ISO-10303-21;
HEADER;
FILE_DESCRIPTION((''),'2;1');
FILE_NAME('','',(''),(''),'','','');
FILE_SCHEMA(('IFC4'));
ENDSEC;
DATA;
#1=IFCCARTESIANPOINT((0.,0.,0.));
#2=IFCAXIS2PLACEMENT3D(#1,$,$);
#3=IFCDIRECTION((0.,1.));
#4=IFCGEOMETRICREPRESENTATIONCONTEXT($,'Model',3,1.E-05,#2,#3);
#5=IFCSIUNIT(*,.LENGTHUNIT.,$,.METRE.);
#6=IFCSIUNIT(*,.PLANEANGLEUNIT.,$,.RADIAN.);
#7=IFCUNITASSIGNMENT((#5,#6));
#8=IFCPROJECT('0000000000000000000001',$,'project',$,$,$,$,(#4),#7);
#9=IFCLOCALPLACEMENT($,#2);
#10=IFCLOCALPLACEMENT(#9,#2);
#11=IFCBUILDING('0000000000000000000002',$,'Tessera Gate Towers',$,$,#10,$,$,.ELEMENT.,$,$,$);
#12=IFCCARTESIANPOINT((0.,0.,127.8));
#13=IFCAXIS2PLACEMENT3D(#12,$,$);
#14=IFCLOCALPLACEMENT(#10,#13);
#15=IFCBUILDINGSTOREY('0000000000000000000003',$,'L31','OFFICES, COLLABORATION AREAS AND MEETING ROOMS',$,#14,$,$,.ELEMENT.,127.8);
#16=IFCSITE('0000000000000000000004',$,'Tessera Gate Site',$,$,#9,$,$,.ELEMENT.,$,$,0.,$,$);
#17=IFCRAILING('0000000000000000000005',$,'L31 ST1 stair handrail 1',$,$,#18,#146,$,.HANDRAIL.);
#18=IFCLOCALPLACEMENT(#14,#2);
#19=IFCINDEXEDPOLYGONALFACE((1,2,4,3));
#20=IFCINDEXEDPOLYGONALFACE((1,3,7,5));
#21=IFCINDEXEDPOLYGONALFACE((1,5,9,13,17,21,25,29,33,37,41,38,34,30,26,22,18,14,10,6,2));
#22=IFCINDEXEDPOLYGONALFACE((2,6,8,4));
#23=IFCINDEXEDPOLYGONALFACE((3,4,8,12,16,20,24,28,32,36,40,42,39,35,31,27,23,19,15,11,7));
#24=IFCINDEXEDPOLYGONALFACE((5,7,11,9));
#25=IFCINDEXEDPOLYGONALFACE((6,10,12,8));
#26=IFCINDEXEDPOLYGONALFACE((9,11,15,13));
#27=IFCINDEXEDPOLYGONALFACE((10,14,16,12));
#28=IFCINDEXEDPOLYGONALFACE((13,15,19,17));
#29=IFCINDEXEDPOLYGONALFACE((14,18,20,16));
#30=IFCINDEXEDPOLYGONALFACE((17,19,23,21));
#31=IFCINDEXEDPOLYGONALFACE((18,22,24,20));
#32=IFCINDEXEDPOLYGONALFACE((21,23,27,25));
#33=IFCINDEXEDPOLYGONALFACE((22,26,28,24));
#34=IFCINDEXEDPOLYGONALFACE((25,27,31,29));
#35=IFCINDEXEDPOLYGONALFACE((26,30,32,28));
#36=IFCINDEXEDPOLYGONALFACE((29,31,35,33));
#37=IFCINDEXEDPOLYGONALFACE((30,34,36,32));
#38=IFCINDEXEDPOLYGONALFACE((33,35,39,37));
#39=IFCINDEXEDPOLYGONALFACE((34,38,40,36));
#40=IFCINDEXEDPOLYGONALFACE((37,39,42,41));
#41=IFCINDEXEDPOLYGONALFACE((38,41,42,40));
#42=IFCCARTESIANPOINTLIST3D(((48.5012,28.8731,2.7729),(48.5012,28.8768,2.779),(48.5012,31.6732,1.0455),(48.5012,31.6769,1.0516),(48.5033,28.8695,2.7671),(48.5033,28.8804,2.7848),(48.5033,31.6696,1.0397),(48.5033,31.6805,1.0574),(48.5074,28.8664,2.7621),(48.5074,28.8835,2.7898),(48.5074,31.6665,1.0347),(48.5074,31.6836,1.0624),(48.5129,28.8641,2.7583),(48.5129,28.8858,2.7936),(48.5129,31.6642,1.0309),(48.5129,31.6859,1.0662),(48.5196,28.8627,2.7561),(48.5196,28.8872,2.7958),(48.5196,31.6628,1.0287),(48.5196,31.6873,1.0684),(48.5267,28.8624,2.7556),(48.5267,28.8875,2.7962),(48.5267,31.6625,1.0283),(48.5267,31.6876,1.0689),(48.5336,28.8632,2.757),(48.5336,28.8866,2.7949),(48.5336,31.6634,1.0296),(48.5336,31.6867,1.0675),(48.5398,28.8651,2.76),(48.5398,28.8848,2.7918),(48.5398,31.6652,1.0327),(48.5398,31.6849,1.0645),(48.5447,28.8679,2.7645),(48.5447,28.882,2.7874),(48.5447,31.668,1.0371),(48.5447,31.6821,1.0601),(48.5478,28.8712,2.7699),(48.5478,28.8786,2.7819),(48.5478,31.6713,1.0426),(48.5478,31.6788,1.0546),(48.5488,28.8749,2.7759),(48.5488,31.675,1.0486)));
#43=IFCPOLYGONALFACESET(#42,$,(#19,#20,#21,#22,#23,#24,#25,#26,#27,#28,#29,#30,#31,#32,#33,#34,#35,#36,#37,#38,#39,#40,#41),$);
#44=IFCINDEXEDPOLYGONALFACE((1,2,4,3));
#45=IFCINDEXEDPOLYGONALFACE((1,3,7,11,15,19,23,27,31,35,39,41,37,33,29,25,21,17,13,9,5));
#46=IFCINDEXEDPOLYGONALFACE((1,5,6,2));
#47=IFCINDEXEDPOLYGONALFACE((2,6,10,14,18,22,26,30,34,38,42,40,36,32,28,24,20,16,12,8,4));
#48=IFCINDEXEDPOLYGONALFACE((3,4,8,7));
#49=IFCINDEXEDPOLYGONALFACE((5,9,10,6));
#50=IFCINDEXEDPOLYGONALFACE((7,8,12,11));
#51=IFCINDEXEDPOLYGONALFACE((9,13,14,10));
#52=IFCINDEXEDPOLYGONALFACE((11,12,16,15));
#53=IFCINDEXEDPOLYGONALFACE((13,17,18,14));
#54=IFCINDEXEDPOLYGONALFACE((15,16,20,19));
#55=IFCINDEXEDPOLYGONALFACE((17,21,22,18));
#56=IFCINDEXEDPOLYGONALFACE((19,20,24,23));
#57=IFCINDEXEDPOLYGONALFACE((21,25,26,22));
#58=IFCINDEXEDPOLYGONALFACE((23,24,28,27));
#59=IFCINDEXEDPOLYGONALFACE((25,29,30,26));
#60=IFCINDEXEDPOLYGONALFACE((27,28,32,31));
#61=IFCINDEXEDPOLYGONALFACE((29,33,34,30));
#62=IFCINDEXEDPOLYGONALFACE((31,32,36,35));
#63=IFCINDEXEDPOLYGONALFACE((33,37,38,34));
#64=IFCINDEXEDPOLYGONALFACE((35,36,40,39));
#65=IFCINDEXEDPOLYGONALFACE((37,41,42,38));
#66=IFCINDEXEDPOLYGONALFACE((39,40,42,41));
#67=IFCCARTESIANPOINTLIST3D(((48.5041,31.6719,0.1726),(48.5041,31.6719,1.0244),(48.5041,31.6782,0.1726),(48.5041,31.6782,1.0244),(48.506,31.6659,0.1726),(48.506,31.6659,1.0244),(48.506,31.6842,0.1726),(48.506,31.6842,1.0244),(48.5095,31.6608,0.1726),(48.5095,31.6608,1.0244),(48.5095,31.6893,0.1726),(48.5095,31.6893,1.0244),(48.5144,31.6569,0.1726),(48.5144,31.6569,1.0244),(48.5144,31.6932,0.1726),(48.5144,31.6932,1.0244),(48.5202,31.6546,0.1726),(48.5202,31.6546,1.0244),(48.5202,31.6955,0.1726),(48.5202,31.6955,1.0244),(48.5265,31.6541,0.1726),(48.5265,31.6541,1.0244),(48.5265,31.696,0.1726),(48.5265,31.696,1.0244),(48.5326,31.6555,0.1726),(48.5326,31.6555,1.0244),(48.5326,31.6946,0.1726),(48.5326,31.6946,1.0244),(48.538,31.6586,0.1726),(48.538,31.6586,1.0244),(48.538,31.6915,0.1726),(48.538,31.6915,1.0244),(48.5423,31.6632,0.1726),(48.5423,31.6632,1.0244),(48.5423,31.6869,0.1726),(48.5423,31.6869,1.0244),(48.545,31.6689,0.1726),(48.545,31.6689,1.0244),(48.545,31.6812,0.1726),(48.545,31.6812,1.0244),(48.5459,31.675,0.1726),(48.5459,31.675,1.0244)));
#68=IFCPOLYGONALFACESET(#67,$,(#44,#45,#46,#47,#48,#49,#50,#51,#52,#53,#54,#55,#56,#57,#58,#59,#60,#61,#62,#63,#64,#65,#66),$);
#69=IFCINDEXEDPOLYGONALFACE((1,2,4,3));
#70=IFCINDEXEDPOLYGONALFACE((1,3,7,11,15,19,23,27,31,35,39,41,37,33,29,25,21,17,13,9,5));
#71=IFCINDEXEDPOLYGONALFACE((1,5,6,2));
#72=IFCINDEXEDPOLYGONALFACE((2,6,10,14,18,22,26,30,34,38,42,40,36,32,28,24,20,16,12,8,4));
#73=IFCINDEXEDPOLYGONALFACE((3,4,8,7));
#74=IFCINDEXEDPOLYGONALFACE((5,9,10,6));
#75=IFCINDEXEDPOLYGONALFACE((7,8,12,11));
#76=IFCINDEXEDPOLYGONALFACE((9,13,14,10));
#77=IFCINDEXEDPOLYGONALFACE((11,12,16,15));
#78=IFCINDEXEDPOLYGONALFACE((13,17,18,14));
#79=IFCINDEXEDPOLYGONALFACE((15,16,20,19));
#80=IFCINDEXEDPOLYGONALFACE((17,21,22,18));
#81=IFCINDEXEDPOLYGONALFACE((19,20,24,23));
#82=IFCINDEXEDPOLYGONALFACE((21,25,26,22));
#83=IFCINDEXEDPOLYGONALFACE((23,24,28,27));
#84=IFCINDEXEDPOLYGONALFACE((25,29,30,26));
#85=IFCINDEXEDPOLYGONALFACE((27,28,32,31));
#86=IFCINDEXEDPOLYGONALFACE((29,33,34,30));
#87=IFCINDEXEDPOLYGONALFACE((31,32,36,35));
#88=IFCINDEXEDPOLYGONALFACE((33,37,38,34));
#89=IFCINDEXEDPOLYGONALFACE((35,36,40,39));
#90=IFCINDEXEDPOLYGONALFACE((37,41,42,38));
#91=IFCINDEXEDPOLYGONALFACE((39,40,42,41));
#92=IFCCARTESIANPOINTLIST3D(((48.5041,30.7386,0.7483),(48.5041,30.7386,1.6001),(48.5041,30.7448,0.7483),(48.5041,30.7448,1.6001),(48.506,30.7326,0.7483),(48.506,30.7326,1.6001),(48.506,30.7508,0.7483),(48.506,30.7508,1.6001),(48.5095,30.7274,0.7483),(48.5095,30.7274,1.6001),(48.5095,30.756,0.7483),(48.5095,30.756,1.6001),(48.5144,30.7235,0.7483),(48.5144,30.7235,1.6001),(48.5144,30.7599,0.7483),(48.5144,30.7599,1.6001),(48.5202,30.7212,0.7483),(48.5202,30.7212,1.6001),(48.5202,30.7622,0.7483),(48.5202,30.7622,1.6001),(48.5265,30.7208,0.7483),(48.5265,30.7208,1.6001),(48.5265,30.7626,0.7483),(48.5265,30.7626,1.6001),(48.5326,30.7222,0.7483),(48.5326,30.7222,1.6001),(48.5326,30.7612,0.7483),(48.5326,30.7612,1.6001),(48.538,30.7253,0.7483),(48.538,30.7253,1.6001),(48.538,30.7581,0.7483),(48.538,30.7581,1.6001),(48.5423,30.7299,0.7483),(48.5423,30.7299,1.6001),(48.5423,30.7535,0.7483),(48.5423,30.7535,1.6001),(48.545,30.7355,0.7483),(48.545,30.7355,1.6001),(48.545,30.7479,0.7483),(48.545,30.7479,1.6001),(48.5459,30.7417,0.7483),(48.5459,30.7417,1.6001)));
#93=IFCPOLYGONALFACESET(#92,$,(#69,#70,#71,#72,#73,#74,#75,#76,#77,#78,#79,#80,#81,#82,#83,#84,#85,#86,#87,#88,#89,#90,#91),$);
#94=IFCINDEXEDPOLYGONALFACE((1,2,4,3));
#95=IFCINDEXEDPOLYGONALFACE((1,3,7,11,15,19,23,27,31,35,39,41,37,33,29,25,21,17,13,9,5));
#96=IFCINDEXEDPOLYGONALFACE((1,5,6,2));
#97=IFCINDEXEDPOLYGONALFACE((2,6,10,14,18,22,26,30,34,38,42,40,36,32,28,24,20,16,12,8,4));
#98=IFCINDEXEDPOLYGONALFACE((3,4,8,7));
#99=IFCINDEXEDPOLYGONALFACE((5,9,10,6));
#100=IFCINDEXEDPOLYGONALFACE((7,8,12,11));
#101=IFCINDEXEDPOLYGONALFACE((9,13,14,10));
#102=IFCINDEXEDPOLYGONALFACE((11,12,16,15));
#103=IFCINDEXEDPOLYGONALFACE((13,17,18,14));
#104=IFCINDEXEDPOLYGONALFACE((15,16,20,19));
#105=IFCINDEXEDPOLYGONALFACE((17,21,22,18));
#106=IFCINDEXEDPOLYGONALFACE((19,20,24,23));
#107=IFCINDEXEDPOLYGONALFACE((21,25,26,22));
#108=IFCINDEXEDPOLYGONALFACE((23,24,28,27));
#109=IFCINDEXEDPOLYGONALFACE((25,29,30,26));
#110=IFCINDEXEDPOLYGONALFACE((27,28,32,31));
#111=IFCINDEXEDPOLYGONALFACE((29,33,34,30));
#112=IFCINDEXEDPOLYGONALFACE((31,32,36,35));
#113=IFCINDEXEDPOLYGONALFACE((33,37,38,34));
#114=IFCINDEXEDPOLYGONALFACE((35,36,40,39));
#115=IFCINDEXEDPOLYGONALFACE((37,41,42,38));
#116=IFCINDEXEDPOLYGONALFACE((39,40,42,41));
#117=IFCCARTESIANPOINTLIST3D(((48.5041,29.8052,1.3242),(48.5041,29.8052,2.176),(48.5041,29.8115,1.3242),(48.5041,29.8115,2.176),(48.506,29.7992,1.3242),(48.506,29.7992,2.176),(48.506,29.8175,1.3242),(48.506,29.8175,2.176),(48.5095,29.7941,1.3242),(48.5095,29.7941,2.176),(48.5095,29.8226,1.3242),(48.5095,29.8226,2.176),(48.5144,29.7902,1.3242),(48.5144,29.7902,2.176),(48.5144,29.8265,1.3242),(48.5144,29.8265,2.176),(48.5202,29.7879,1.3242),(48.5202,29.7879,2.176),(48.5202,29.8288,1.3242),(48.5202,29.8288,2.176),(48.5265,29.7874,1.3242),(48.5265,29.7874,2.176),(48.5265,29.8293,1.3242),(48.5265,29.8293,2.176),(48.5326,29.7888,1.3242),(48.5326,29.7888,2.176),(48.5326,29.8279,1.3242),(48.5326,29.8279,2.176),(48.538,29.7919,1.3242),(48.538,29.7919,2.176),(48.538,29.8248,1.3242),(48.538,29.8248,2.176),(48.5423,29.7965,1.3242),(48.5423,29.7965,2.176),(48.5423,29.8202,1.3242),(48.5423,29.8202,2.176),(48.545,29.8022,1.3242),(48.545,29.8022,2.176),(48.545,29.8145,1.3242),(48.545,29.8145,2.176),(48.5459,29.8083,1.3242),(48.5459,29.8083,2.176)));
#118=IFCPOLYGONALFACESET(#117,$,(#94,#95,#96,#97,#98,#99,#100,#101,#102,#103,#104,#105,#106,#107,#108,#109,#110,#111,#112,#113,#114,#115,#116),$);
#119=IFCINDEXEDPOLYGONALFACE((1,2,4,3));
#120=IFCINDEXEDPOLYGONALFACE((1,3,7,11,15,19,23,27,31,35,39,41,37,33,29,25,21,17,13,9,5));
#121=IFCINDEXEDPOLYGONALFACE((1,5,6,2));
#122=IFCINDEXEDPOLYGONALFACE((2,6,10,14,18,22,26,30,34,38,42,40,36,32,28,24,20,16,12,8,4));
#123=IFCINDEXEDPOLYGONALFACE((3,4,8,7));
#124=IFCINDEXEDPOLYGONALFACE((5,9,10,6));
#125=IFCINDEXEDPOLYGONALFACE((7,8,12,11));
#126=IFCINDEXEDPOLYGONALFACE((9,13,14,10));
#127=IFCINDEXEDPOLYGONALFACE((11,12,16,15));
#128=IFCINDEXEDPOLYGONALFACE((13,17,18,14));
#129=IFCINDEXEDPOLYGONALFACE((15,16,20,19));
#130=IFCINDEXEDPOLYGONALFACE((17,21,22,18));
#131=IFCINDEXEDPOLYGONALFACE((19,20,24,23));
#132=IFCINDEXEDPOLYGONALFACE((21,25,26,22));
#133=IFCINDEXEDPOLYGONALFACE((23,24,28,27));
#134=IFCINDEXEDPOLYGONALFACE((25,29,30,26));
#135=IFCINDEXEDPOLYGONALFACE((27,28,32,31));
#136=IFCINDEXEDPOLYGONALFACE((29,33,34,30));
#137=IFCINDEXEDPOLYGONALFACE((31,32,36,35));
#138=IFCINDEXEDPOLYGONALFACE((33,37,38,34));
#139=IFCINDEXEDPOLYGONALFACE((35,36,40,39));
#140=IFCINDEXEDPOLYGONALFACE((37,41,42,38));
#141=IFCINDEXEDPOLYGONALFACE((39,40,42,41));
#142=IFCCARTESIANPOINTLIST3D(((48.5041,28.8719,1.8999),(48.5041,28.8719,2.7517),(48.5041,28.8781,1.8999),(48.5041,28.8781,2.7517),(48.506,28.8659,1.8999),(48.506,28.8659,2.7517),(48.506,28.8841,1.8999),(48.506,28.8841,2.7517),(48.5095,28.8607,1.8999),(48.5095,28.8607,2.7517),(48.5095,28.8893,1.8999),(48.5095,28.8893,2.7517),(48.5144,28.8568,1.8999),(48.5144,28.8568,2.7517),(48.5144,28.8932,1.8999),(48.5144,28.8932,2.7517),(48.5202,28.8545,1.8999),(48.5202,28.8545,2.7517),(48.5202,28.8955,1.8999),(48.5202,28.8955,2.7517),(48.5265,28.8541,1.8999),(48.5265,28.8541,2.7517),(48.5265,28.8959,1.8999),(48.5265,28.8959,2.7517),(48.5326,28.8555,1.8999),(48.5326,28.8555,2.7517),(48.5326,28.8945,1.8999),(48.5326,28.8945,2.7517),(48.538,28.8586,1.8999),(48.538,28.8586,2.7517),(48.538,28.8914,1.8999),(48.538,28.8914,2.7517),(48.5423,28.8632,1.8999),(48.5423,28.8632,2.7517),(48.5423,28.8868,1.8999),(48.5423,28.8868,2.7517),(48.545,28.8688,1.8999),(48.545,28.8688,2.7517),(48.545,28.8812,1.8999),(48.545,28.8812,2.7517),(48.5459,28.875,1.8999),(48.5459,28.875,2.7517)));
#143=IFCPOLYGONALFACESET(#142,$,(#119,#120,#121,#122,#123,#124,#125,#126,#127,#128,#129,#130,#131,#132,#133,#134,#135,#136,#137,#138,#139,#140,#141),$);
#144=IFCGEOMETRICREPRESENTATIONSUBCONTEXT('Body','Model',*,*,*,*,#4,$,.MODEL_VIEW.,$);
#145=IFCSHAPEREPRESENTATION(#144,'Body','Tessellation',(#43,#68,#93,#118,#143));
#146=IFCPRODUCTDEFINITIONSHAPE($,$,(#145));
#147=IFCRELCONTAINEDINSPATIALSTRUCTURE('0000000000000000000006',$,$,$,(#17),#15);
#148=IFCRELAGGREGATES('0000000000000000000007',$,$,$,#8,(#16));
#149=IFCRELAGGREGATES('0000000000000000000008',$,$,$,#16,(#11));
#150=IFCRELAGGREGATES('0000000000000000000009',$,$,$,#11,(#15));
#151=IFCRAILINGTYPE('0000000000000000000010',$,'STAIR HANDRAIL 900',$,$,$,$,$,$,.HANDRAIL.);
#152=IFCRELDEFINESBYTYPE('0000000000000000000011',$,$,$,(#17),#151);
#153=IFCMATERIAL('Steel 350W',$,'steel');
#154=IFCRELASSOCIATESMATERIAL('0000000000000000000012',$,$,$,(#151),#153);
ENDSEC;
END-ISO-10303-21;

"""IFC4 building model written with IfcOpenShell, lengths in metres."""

from ifc_helpers import new_model, si_unit, direction, frame, origin, origin_2d, place, context, subcontext, project, spatial, circle, extrude, material, type_object, element, save


model = new_model("IFC4")

# Units and contexts
model_context = context("Model", 3, precision=1e-05, world=origin(), true_north=direction((0.0, 1.0)))
body_context = subcontext(model_context, "Body", "Model", "MODEL_VIEW")
ifc_project = project(units=[si_unit("LENGTHUNIT", "METRE"), si_unit("PLANEANGLEUNIT", "RADIAN")], contexts=[model_context])

# Site, building, storey
site_placement = place(None, origin())
site = spatial("IfcSite", under=ifc_project, at=site_placement, Name="Tessera Gate Site", CompositionType="ELEMENT", RefElevation=0.0)
building_placement = place(site_placement, origin())
building = spatial("IfcBuilding", under=site, at=building_placement, Name="Tessera Gate Towers", CompositionType="ELEMENT")
storey_placement = place(building_placement, frame((0.0, 0.0, 127.8)))
storey = spatial("IfcBuildingStorey", under=building, at=storey_placement, Name="L31", Description="OFFICES, COLLABORATION AREAS AND MEETING ROOMS", CompositionType="ELEMENT", Elevation=127.8)

# Railing
ifc_material_1 = material(Name="Steel 350W", Category="steel")
railing_type_1 = type_object("IfcRailingType", Name="STAIR HANDRAIL 900", PredefinedType="HANDRAIL", material=ifc_material_1)
railing_1_placement = place(storey_placement, frame((48.5249, 31.675, 0.1726)))
element("IfcRailing", 1, at=railing_1_placement, inside=storey, type_object=railing_type_1, Name="L31 ST1 stair handrail 1", PredefinedType="HANDRAIL", context=body_context, shape_type="SweptSolid", body=[
    extrude(circle(Radius=0.0239, at=origin_2d()), frame((0.0, 0.0, 0.876), z_axis=(0.0, -0.85109, 0.52502), x_axis=(1.0, 0.0, 0.0)), (0.0, 0.0, 1.0), 3.29),
    extrude(circle(Radius=0.021, at=origin_2d()), origin(), (0.0, 0.0, 1.0), 0.8518),
    extrude(circle(Radius=0.021, at=origin_2d()), frame((0.0, -0.9333, 0.5757)), (0.0, 0.0, 1.0), 0.8518),
    extrude(circle(Radius=0.021, at=origin_2d()), frame((0.0, -1.8667, 1.1516)), (0.0, 0.0, 1.0), 0.8518),
    extrude(circle(Radius=0.021, at=origin_2d()), frame((0.0, -2.8, 1.7273)), (0.0, 0.0, 1.0), 0.8518),
])

save(model, "model.ifc")
